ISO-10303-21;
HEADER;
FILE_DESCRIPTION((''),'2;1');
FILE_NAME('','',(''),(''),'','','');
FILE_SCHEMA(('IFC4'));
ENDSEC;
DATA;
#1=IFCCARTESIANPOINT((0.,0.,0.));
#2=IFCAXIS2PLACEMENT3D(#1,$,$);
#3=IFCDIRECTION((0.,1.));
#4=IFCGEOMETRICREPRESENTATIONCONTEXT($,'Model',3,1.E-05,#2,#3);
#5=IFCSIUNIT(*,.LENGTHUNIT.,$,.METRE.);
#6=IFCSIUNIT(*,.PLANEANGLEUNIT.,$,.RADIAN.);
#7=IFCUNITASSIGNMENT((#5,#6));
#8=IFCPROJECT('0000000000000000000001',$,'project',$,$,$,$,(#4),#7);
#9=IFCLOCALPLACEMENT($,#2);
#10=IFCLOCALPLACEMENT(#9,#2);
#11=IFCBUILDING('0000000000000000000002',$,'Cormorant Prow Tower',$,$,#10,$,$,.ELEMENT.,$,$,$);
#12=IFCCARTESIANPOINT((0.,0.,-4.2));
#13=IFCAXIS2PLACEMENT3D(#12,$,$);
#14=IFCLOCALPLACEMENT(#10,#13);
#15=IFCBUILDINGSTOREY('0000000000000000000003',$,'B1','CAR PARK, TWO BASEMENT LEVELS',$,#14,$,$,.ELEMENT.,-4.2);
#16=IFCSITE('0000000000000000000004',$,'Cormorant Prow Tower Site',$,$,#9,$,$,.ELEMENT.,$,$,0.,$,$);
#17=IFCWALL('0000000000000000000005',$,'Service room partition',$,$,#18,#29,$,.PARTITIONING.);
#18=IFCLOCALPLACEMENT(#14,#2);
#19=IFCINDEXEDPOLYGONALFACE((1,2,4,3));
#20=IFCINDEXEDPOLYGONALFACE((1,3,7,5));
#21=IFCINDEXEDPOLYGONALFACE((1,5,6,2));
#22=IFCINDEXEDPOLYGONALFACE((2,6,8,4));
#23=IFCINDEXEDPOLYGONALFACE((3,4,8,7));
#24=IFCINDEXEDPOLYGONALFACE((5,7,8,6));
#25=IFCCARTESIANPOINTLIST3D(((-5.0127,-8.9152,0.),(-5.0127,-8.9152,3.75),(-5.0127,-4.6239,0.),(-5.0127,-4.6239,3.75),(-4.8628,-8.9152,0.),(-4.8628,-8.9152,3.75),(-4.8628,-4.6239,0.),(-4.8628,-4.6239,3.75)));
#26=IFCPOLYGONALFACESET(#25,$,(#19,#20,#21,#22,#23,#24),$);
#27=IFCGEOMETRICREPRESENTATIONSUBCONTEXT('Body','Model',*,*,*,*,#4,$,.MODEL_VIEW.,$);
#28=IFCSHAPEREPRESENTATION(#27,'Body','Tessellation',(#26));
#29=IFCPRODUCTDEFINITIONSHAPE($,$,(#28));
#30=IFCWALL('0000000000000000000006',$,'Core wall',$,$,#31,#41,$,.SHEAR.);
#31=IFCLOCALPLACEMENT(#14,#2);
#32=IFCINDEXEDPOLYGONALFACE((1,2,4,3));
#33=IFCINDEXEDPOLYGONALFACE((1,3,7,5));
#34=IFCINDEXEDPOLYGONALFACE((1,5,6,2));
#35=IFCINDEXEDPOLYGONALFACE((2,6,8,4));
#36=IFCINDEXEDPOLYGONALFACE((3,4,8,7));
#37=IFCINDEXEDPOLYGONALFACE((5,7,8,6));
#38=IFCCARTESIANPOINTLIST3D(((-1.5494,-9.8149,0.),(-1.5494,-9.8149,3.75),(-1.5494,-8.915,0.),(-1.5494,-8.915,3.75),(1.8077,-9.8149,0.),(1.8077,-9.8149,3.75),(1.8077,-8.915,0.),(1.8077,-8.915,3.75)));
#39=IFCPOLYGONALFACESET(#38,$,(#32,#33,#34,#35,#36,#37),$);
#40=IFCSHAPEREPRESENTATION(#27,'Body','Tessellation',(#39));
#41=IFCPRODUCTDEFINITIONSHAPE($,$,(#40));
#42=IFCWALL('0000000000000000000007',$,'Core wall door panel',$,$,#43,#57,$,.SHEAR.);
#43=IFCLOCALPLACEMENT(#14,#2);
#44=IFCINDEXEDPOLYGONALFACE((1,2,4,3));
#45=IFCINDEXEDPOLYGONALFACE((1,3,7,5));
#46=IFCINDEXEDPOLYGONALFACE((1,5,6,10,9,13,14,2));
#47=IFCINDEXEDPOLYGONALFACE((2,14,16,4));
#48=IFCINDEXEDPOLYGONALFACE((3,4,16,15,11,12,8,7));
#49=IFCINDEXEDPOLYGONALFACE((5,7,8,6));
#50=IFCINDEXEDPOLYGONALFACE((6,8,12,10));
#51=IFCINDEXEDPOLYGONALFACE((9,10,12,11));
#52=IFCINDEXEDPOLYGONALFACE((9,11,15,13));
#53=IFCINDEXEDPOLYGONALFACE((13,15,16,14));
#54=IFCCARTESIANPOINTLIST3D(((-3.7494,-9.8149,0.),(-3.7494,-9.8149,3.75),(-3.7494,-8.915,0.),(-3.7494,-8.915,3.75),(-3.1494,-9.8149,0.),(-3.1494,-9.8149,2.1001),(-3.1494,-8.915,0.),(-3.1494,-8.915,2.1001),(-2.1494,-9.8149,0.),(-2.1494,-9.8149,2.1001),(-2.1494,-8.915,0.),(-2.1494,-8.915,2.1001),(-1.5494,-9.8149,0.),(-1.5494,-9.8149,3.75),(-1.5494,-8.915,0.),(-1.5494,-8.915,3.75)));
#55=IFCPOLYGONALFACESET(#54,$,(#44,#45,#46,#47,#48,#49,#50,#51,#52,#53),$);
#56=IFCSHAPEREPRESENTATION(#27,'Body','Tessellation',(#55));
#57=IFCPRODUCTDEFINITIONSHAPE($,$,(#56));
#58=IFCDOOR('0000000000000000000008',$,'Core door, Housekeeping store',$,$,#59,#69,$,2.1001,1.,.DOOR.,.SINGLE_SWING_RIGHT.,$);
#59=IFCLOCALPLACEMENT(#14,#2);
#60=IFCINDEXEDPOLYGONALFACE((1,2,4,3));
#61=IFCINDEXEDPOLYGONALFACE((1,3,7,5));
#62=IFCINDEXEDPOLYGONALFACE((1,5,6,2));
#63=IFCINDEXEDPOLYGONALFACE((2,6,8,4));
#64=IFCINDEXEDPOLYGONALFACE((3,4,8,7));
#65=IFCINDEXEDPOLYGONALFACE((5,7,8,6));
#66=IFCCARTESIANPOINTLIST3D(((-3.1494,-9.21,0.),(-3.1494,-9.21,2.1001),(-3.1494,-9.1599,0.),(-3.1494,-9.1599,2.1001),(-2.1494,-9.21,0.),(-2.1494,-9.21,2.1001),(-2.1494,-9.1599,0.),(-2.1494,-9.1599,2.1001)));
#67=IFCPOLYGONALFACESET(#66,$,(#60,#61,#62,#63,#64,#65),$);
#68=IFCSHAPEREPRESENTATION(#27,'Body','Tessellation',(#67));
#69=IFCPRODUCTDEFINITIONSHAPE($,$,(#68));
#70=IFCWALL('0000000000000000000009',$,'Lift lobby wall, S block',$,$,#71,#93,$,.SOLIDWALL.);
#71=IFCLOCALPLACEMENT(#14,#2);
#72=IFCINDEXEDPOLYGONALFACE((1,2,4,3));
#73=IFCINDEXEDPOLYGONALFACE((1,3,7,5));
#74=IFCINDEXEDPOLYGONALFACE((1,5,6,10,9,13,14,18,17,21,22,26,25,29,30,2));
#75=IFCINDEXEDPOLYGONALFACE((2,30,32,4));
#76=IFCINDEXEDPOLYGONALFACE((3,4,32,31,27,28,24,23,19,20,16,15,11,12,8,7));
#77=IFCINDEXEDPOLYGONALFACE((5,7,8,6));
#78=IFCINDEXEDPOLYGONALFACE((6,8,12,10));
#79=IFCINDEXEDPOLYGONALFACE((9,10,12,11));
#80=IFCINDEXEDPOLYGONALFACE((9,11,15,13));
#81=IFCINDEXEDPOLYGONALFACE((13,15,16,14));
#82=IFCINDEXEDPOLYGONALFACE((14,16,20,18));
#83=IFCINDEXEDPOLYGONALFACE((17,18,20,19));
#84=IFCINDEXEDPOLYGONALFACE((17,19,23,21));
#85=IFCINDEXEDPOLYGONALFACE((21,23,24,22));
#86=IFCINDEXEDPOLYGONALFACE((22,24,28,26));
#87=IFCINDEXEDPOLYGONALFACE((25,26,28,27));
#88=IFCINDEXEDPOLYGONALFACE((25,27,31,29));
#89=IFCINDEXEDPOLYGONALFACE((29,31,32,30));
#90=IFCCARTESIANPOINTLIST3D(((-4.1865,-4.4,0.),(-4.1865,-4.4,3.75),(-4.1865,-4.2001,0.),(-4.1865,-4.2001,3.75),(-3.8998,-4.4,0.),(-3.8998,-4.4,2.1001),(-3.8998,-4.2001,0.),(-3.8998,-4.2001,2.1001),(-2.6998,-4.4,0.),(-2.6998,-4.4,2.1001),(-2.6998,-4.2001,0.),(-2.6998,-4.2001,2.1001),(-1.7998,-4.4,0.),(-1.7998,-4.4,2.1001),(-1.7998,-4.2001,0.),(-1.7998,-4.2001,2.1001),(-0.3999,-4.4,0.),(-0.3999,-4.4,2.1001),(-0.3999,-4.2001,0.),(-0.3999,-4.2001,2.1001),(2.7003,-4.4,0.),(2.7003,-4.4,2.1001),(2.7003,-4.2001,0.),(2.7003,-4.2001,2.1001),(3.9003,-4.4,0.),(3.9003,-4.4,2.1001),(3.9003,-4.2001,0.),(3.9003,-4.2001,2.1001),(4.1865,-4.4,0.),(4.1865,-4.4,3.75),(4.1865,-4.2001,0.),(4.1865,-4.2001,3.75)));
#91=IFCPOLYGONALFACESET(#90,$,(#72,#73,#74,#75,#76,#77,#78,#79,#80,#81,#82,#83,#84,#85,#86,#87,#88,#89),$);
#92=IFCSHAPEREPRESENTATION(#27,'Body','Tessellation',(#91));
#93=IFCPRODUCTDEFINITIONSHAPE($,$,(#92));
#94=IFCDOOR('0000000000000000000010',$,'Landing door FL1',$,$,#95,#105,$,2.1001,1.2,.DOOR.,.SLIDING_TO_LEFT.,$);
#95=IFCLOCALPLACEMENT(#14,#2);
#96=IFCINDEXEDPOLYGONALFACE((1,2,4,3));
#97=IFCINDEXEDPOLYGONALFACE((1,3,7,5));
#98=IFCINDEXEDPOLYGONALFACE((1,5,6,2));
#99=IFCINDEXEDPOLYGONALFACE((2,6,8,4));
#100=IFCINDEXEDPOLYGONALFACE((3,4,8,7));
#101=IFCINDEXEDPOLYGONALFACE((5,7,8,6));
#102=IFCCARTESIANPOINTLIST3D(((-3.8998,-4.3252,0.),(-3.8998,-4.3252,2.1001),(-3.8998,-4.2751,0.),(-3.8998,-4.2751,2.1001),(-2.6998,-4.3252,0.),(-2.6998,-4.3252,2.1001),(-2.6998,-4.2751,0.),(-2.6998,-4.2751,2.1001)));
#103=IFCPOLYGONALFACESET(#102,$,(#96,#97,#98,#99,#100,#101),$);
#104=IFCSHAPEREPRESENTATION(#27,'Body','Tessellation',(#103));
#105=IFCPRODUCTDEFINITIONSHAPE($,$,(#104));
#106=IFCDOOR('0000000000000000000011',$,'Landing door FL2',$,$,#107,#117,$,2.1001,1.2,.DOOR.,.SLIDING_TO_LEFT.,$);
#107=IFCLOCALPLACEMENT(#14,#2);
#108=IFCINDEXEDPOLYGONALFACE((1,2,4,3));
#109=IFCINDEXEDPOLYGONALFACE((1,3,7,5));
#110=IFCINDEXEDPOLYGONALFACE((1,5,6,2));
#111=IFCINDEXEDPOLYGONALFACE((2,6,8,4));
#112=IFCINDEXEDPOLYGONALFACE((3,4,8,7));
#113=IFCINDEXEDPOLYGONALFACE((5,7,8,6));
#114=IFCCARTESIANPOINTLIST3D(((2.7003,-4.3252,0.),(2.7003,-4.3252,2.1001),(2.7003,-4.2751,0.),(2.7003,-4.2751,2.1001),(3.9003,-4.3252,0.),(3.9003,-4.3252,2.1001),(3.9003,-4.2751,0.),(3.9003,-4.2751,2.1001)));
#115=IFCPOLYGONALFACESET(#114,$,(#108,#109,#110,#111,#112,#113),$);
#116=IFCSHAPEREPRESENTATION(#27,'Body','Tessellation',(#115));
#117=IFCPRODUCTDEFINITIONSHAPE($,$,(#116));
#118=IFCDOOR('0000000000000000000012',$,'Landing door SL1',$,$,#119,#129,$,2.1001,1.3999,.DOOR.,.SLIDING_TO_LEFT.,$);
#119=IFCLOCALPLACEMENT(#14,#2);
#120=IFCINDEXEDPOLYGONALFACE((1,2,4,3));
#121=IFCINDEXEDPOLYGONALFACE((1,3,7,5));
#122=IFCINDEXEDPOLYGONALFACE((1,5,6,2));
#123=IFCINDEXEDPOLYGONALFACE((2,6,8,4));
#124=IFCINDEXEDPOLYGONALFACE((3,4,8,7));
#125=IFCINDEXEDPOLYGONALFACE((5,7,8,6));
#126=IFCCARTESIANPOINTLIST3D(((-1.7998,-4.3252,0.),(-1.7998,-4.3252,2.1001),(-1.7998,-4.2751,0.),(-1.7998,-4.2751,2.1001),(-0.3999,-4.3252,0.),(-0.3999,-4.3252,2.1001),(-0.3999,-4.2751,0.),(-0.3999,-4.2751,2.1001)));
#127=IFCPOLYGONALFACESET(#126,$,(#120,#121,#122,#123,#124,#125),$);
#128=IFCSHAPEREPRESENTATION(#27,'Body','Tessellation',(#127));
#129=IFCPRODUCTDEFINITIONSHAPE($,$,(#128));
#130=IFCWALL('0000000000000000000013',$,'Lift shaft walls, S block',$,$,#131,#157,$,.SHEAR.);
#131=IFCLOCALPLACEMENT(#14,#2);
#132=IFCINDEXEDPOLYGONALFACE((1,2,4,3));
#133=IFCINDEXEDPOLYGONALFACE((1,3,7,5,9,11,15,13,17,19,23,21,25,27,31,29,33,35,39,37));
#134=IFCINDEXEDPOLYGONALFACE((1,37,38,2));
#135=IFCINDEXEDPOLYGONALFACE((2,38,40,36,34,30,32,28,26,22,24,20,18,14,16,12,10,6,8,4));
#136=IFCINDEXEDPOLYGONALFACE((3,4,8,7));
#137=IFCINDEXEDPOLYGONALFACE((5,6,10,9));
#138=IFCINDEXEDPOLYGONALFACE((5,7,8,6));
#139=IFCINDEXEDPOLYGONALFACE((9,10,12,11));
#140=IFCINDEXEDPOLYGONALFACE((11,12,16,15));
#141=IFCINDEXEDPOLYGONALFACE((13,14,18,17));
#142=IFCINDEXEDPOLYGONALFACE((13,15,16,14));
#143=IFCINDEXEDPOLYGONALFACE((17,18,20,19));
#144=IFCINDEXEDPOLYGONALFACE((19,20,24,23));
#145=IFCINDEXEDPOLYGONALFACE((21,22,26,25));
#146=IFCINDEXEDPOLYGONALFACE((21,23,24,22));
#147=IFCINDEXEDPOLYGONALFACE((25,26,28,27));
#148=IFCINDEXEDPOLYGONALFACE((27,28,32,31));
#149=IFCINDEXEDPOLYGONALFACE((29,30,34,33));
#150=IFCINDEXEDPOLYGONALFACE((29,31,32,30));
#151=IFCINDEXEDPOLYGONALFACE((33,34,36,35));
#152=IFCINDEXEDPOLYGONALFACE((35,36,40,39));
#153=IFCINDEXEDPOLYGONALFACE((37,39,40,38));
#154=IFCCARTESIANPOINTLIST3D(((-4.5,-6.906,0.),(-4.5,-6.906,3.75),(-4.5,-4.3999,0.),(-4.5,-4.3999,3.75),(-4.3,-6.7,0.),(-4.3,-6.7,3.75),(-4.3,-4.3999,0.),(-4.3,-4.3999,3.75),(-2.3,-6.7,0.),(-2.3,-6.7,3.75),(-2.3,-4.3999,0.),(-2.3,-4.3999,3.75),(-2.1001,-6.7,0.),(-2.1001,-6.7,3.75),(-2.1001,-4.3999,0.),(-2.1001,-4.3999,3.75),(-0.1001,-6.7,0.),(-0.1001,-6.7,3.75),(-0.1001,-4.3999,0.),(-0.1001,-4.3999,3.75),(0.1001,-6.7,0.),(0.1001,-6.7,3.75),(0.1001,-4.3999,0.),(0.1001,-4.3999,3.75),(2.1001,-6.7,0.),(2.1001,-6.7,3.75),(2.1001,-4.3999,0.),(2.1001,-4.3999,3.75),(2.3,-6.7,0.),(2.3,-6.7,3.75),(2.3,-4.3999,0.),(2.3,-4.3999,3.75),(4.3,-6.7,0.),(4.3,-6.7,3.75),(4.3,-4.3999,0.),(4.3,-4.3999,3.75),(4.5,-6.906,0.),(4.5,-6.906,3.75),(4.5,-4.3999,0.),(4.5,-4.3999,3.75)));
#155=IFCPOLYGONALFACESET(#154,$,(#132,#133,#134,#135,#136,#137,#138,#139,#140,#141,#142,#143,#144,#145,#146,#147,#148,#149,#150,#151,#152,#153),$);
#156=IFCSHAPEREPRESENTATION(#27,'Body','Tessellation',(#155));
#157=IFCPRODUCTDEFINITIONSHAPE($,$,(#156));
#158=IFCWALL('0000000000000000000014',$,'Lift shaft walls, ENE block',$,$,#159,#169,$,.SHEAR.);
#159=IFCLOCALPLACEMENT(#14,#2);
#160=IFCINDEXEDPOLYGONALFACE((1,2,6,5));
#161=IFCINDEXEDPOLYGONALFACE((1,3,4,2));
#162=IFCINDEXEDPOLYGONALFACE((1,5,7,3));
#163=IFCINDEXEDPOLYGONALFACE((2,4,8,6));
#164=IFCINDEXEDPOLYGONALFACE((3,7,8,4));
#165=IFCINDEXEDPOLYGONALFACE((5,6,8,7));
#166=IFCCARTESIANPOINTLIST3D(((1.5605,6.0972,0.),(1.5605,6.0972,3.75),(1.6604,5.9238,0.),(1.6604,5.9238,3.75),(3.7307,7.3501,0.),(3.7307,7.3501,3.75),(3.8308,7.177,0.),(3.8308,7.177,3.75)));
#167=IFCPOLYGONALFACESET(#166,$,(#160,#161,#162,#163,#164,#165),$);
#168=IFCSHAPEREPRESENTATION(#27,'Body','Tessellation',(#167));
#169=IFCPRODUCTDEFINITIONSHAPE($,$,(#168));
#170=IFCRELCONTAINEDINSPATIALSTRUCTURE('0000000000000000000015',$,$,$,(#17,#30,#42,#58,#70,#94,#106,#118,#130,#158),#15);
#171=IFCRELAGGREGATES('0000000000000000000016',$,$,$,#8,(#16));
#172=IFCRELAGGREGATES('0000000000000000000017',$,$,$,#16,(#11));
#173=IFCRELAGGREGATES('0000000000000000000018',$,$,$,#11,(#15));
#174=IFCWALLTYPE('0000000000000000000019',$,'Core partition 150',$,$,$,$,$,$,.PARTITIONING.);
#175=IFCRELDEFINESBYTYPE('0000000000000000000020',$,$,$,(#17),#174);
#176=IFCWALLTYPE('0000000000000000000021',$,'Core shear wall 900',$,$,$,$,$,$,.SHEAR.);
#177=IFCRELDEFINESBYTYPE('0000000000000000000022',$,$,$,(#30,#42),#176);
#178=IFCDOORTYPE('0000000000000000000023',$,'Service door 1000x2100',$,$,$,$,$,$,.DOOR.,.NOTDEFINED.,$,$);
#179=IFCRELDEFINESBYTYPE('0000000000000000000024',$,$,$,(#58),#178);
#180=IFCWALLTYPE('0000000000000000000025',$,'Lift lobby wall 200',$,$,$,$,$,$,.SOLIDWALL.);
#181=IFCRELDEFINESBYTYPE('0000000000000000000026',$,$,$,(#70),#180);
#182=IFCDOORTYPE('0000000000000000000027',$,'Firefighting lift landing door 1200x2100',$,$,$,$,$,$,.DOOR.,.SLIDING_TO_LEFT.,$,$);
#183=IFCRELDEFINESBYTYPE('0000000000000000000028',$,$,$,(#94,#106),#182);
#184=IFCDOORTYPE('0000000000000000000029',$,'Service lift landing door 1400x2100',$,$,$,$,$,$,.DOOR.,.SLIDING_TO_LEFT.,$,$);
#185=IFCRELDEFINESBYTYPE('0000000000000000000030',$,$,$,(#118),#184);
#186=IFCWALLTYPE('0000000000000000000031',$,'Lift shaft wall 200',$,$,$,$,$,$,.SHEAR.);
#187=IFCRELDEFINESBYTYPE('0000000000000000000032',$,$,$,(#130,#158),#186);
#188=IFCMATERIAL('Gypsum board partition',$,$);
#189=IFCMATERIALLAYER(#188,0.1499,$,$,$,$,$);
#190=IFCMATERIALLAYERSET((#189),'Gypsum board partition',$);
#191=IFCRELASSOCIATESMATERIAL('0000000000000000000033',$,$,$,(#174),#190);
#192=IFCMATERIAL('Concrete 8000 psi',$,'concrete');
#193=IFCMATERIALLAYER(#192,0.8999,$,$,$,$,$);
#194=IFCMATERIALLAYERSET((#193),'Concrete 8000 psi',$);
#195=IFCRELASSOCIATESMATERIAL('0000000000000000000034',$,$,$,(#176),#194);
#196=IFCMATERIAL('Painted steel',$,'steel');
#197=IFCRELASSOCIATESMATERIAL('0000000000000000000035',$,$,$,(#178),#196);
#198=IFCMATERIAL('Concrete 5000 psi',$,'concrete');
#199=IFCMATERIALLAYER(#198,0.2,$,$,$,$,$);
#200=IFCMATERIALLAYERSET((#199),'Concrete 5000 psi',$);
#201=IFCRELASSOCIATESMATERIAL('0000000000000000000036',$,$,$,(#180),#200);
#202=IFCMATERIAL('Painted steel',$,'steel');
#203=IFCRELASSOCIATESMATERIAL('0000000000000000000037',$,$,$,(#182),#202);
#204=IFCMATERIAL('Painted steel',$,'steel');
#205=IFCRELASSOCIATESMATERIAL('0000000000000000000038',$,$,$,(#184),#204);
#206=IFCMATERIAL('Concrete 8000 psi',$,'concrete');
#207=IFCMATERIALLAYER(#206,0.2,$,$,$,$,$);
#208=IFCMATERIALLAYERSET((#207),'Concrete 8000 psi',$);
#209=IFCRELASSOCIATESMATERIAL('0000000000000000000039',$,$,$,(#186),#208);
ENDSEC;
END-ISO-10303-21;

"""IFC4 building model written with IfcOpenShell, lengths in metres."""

from ifc_helpers import new_model, si_unit, direction, frame, frame_2d, origin, place, context, subcontext, project, spatial, polyline, rectangle, outline, extrude, material, layer, layer_set, type_object, element, fill, save


model = new_model("IFC4")

# Units and contexts
model_context = context("Model", 3, precision=1e-05, world=origin(), true_north=direction((0.0, 1.0)))
body_context = subcontext(model_context, "Body", "Model", "MODEL_VIEW")
ifc_project = project(units=[si_unit("LENGTHUNIT", "METRE"), si_unit("PLANEANGLEUNIT", "RADIAN")], contexts=[model_context])

# Site, building, storey
site_placement = place(None, origin())
site = spatial("IfcSite", under=ifc_project, at=site_placement, Name="Cormorant Prow Tower Site", CompositionType="ELEMENT", RefElevation=0.0)
building_placement = place(site_placement, origin())
building = spatial("IfcBuilding", under=site, at=building_placement, Name="Cormorant Prow Tower", CompositionType="ELEMENT")
storey_placement = place(building_placement, frame((0.0, 0.0, -4.2)))
storey = spatial("IfcBuildingStorey", under=building, at=storey_placement, Name="B1", Description="CAR PARK, TWO BASEMENT LEVELS", CompositionType="ELEMENT", Elevation=-4.2)

# Shared definitions
ifc_material_1 = material(Name="Gypsum board partition")
ifc_layer_1 = layer(ifc_material_1, 0.1499)
ifc_layer_set_1 = layer_set([ifc_layer_1], Name="Gypsum board partition")
wall_type_1 = type_object("IfcWallType", Name="Core partition 150", PredefinedType="PARTITIONING", material=ifc_layer_set_1)

# Walls
wall_1_placement = place(storey_placement, frame((-4.9377, -8.915, 0.0), z_axis=(0.0, 0.0, 1.0), x_axis=(0.0, 1.0, 0.0)))
element("IfcWall", 1, at=wall_1_placement, inside=storey, type_object=wall_type_1, Name="Service room partition", PredefinedType="PARTITIONING", context=body_context, shape_type="SweptSolid", body=[
    extrude(rectangle(XDim=4.2913, YDim=0.1499, at=frame_2d((2.1455, 0.0))), origin(), (0.0, 0.0, 1.0), 3.75),
])
ifc_material_2 = material(Name="Concrete 8000 psi", Category="concrete")
ifc_layer_2 = layer(ifc_material_2, 0.8999)
ifc_layer_set_2 = layer_set([ifc_layer_2], Name="Concrete 8000 psi")
wall_type_2 = type_object("IfcWallType", Name="Core shear wall 900", PredefinedType="SHEAR", material=ifc_layer_set_2)
wall_2_placement = place(storey_placement, frame((-1.5496, -9.365, 0.0), z_axis=(0.0, 0.0, 1.0), x_axis=(1.0, 0.0, 0.0)))
element("IfcWall", 2, at=wall_2_placement, inside=storey, type_object=wall_type_2, Name="Core wall", PredefinedType="SHEAR", context=body_context, shape_type="SweptSolid", body=[
    extrude(rectangle(XDim=3.3572, YDim=0.8999, at=frame_2d((1.6787, 0.0))), origin(), (0.0, 0.0, 1.0), 3.75),
])

# Wall, opening, door
wall_3_placement = place(storey_placement, frame((-3.7495, -9.365, 0.0), z_axis=(0.0, 0.0, 1.0), x_axis=(1.0, 0.0, 0.0)))
wall_3 = element("IfcWall", 3, at=wall_3_placement, inside=storey, type_object=wall_type_2, Name="Core wall door panel", PredefinedType="SHEAR", context=body_context, shape_type="SweptSolid", body=[
    extrude(rectangle(XDim=2.2, YDim=0.8999, at=frame_2d((1.1001, 0.0))), origin(), (0.0, 0.0, 1.0), 3.75),
])
opening_1_placement = place(wall_3_placement, frame((0.6001, 0.0, 0.0)))
opening_1 = element("IfcOpeningElement", 4, at=opening_1_placement, cuts=wall_3, PredefinedType="OPENING", context=body_context, shape_type="SweptSolid", body=[
    extrude(rectangle(XDim=1.0, YDim=2.1001, at=frame_2d((0.5, 1.05))), frame((0.0, 0.46, 0.0), z_axis=(0.0, -1.0, 0.0), x_axis=(1.0, 0.0, 0.0)), (0.0, 0.0, 1.0), 0.9199),
])
ifc_material_3 = material(Name="Painted steel", Category="steel")
door_type_1 = type_object("IfcDoorType", Name="Service door 1000x2100", OperationType="NOTDEFINED", PredefinedType="DOOR", material=ifc_material_3)
door_1_placement = place(opening_1_placement, origin())
door_1 = element("IfcDoor", 5, at=door_1_placement, inside=storey, type_object=door_type_1, Name="Core door, Housekeeping store", OperationType="SINGLE_SWING_RIGHT", OverallHeight=2.1001, OverallWidth=1.0, PredefinedType="DOOR", context=body_context, shape_type="SweptSolid", body=[
    extrude(rectangle(XDim=1.0, YDim=2.1001, at=frame_2d((0.5, 1.05))), frame((0.0, 0.2051, 0.0), z_axis=(0.0, -1.0, 0.0), x_axis=(1.0, 0.0, 0.0)), (0.0, 0.0, 1.0), 0.05),
])
fill(opening_1, door_1)

# Wall, openings, doors
ifc_material_4 = material(Name="Concrete 5000 psi", Category="concrete")
ifc_layer_3 = layer(ifc_material_4, 0.2)
ifc_layer_set_3 = layer_set([ifc_layer_3], Name="Concrete 5000 psi")
wall_type_3 = type_object("IfcWallType", Name="Lift lobby wall 200", PredefinedType="SOLIDWALL", material=ifc_layer_set_3)
wall_4_placement = place(storey_placement, frame((-4.1865, -4.3, 0.0), z_axis=(0.0, 0.0, 1.0), x_axis=(1.0, 0.0, 0.0)))
wall_4 = element("IfcWall", 6, at=wall_4_placement, inside=storey, type_object=wall_type_3, Name="Lift lobby wall, S block", PredefinedType="SOLIDWALL", context=body_context, shape_type="SweptSolid", body=[
    extrude(rectangle(XDim=8.373, YDim=0.2, at=frame_2d((4.1865, 0.0))), origin(), (0.0, 0.0, 1.0), 3.75),
])
opening_2_placement = place(wall_4_placement, frame((0.2866, 0.0, 0.0)))
opening_2 = element("IfcOpeningElement", 7, at=opening_2_placement, cuts=wall_4, PredefinedType="OPENING", context=body_context, shape_type="SweptSolid", body=[
    extrude(rectangle(XDim=1.2, YDim=2.1001, at=frame_2d((0.6001, 1.05))), frame((0.0, 0.1099, 0.0), z_axis=(0.0, -1.0, 0.0), x_axis=(1.0, 0.0, 0.0)), (0.0, 0.0, 1.0), 0.22),
])
opening_3_placement = place(wall_4_placement, frame((2.3867, 0.0, 0.0)))
opening_3 = element("IfcOpeningElement", 8, at=opening_3_placement, cuts=wall_4, PredefinedType="OPENING", context=body_context, shape_type="SweptSolid", body=[
    extrude(rectangle(XDim=1.3999, YDim=2.1001, at=frame_2d((0.7, 1.05))), frame((0.0, 0.1099, 0.0), z_axis=(0.0, -1.0, 0.0), x_axis=(1.0, 0.0, 0.0)), (0.0, 0.0, 1.0), 0.22),
])
opening_4_placement = place(wall_4_placement, frame((6.8867, 0.0, 0.0)))
opening_4 = element("IfcOpeningElement", 9, at=opening_4_placement, cuts=wall_4, PredefinedType="OPENING", context=body_context, shape_type="SweptSolid", body=[
    extrude(rectangle(XDim=1.2, YDim=2.1001, at=frame_2d((0.6001, 1.05))), frame((0.0, 0.1099, 0.0), z_axis=(0.0, -1.0, 0.0), x_axis=(1.0, 0.0, 0.0)), (0.0, 0.0, 1.0), 0.22),
])
ifc_material_5 = material(Name="Painted steel", Category="steel")
door_type_2 = type_object("IfcDoorType", Name="Firefighting lift landing door 1200x2100", OperationType="SLIDING_TO_LEFT", PredefinedType="DOOR", material=ifc_material_5)
door_2_placement = place(opening_2_placement, origin())
door_2 = element("IfcDoor", 10, at=door_2_placement, inside=storey, type_object=door_type_2, Name="Landing door FL1", OperationType="SLIDING_TO_LEFT", OverallHeight=2.1001, OverallWidth=1.2, PredefinedType="DOOR", context=body_context, shape_type="SweptSolid", body=[
    extrude(rectangle(XDim=1.2, YDim=2.1001, at=frame_2d((0.6001, 1.05))), frame((0.0, 0.0249, 0.0), z_axis=(0.0, -1.0, 0.0), x_axis=(1.0, 0.0, 0.0)), (0.0, 0.0, 1.0), 0.05),
])
fill(opening_2, door_2)
door_3_placement = place(opening_4_placement, origin())
door_3 = element("IfcDoor", 11, at=door_3_placement, inside=storey, type_object=door_type_2, Name="Landing door FL2", OperationType="SLIDING_TO_LEFT", OverallHeight=2.1001, OverallWidth=1.2, PredefinedType="DOOR", context=body_context, shape_type="SweptSolid", body=[
    extrude(rectangle(XDim=1.2, YDim=2.1001, at=frame_2d((0.6001, 1.05))), frame((0.0, 0.0249, 0.0), z_axis=(0.0, -1.0, 0.0), x_axis=(1.0, 0.0, 0.0)), (0.0, 0.0, 1.0), 0.05),
])
fill(opening_4, door_3)
ifc_material_6 = material(Name="Painted steel", Category="steel")
door_type_3 = type_object("IfcDoorType", Name="Service lift landing door 1400x2100", OperationType="SLIDING_TO_LEFT", PredefinedType="DOOR", material=ifc_material_6)
door_4_placement = place(opening_3_placement, origin())
door_4 = element("IfcDoor", 12, at=door_4_placement, inside=storey, type_object=door_type_3, Name="Landing door SL1", OperationType="SLIDING_TO_LEFT", OverallHeight=2.1001, OverallWidth=1.3999, PredefinedType="DOOR", context=body_context, shape_type="SweptSolid", body=[
    extrude(rectangle(XDim=1.3999, YDim=2.1001, at=frame_2d((0.7, 1.05))), frame((0.0, 0.0249, 0.0), z_axis=(0.0, -1.0, 0.0), x_axis=(1.0, 0.0, 0.0)), (0.0, 0.0, 1.0), 0.05),
])
fill(opening_3, door_4)

# Walls
ifc_material_7 = material(Name="Concrete 8000 psi", Category="concrete")
ifc_layer_4 = layer(ifc_material_7, 0.2)
ifc_layer_set_4 = layer_set([ifc_layer_4], Name="Concrete 8000 psi")
wall_type_4 = type_object("IfcWallType", Name="Lift shaft wall 200", PredefinedType="SHEAR", material=ifc_layer_set_4)
wall_5_placement = place(storey_placement, origin())
element("IfcWall", 13, at=wall_5_placement, inside=storey, type_object=wall_type_4, Name="Lift shaft walls, S block", PredefinedType="SHEAR", context=body_context, shape_type="SweptSolid", body=[
    extrude(outline(polyline([(4.5, -4.3999), (4.5, -6.906), (-4.5, -6.906), (-4.5, -4.3999), (-4.3, -4.3999), (-4.3, -6.7), (-2.3, -6.7), (-2.3, -4.3999), (-2.1001, -4.3999), (-2.1001, -6.7), (-0.1001, -6.7), (-0.1001, -4.3999), (0.1001, -4.3999), (0.1001, -6.7), (2.1001, -6.7), (2.1001, -4.3999), (2.3, -4.3999), (2.3, -6.7), (4.3, -6.7), (4.3, -4.3999), (4.5, -4.3999)])), origin(), (0.0, 0.0, 1.0), 3.75),
])
wall_6_placement = place(storey_placement, origin())
element("IfcWall", 14, at=wall_6_placement, inside=storey, type_object=wall_type_4, Name="Lift shaft walls, ENE block", PredefinedType="SHEAR", context=body_context, shape_type="SweptSolid", body=[
    extrude(outline(polyline([(1.5605, 6.0972), (3.7307, 7.3501), (3.8308, 7.177), (1.6604, 5.9238), (1.5605, 6.0972)])), origin(), (0.0, 0.0, 1.0), 3.75),
])

save(model, "model.ifc")
